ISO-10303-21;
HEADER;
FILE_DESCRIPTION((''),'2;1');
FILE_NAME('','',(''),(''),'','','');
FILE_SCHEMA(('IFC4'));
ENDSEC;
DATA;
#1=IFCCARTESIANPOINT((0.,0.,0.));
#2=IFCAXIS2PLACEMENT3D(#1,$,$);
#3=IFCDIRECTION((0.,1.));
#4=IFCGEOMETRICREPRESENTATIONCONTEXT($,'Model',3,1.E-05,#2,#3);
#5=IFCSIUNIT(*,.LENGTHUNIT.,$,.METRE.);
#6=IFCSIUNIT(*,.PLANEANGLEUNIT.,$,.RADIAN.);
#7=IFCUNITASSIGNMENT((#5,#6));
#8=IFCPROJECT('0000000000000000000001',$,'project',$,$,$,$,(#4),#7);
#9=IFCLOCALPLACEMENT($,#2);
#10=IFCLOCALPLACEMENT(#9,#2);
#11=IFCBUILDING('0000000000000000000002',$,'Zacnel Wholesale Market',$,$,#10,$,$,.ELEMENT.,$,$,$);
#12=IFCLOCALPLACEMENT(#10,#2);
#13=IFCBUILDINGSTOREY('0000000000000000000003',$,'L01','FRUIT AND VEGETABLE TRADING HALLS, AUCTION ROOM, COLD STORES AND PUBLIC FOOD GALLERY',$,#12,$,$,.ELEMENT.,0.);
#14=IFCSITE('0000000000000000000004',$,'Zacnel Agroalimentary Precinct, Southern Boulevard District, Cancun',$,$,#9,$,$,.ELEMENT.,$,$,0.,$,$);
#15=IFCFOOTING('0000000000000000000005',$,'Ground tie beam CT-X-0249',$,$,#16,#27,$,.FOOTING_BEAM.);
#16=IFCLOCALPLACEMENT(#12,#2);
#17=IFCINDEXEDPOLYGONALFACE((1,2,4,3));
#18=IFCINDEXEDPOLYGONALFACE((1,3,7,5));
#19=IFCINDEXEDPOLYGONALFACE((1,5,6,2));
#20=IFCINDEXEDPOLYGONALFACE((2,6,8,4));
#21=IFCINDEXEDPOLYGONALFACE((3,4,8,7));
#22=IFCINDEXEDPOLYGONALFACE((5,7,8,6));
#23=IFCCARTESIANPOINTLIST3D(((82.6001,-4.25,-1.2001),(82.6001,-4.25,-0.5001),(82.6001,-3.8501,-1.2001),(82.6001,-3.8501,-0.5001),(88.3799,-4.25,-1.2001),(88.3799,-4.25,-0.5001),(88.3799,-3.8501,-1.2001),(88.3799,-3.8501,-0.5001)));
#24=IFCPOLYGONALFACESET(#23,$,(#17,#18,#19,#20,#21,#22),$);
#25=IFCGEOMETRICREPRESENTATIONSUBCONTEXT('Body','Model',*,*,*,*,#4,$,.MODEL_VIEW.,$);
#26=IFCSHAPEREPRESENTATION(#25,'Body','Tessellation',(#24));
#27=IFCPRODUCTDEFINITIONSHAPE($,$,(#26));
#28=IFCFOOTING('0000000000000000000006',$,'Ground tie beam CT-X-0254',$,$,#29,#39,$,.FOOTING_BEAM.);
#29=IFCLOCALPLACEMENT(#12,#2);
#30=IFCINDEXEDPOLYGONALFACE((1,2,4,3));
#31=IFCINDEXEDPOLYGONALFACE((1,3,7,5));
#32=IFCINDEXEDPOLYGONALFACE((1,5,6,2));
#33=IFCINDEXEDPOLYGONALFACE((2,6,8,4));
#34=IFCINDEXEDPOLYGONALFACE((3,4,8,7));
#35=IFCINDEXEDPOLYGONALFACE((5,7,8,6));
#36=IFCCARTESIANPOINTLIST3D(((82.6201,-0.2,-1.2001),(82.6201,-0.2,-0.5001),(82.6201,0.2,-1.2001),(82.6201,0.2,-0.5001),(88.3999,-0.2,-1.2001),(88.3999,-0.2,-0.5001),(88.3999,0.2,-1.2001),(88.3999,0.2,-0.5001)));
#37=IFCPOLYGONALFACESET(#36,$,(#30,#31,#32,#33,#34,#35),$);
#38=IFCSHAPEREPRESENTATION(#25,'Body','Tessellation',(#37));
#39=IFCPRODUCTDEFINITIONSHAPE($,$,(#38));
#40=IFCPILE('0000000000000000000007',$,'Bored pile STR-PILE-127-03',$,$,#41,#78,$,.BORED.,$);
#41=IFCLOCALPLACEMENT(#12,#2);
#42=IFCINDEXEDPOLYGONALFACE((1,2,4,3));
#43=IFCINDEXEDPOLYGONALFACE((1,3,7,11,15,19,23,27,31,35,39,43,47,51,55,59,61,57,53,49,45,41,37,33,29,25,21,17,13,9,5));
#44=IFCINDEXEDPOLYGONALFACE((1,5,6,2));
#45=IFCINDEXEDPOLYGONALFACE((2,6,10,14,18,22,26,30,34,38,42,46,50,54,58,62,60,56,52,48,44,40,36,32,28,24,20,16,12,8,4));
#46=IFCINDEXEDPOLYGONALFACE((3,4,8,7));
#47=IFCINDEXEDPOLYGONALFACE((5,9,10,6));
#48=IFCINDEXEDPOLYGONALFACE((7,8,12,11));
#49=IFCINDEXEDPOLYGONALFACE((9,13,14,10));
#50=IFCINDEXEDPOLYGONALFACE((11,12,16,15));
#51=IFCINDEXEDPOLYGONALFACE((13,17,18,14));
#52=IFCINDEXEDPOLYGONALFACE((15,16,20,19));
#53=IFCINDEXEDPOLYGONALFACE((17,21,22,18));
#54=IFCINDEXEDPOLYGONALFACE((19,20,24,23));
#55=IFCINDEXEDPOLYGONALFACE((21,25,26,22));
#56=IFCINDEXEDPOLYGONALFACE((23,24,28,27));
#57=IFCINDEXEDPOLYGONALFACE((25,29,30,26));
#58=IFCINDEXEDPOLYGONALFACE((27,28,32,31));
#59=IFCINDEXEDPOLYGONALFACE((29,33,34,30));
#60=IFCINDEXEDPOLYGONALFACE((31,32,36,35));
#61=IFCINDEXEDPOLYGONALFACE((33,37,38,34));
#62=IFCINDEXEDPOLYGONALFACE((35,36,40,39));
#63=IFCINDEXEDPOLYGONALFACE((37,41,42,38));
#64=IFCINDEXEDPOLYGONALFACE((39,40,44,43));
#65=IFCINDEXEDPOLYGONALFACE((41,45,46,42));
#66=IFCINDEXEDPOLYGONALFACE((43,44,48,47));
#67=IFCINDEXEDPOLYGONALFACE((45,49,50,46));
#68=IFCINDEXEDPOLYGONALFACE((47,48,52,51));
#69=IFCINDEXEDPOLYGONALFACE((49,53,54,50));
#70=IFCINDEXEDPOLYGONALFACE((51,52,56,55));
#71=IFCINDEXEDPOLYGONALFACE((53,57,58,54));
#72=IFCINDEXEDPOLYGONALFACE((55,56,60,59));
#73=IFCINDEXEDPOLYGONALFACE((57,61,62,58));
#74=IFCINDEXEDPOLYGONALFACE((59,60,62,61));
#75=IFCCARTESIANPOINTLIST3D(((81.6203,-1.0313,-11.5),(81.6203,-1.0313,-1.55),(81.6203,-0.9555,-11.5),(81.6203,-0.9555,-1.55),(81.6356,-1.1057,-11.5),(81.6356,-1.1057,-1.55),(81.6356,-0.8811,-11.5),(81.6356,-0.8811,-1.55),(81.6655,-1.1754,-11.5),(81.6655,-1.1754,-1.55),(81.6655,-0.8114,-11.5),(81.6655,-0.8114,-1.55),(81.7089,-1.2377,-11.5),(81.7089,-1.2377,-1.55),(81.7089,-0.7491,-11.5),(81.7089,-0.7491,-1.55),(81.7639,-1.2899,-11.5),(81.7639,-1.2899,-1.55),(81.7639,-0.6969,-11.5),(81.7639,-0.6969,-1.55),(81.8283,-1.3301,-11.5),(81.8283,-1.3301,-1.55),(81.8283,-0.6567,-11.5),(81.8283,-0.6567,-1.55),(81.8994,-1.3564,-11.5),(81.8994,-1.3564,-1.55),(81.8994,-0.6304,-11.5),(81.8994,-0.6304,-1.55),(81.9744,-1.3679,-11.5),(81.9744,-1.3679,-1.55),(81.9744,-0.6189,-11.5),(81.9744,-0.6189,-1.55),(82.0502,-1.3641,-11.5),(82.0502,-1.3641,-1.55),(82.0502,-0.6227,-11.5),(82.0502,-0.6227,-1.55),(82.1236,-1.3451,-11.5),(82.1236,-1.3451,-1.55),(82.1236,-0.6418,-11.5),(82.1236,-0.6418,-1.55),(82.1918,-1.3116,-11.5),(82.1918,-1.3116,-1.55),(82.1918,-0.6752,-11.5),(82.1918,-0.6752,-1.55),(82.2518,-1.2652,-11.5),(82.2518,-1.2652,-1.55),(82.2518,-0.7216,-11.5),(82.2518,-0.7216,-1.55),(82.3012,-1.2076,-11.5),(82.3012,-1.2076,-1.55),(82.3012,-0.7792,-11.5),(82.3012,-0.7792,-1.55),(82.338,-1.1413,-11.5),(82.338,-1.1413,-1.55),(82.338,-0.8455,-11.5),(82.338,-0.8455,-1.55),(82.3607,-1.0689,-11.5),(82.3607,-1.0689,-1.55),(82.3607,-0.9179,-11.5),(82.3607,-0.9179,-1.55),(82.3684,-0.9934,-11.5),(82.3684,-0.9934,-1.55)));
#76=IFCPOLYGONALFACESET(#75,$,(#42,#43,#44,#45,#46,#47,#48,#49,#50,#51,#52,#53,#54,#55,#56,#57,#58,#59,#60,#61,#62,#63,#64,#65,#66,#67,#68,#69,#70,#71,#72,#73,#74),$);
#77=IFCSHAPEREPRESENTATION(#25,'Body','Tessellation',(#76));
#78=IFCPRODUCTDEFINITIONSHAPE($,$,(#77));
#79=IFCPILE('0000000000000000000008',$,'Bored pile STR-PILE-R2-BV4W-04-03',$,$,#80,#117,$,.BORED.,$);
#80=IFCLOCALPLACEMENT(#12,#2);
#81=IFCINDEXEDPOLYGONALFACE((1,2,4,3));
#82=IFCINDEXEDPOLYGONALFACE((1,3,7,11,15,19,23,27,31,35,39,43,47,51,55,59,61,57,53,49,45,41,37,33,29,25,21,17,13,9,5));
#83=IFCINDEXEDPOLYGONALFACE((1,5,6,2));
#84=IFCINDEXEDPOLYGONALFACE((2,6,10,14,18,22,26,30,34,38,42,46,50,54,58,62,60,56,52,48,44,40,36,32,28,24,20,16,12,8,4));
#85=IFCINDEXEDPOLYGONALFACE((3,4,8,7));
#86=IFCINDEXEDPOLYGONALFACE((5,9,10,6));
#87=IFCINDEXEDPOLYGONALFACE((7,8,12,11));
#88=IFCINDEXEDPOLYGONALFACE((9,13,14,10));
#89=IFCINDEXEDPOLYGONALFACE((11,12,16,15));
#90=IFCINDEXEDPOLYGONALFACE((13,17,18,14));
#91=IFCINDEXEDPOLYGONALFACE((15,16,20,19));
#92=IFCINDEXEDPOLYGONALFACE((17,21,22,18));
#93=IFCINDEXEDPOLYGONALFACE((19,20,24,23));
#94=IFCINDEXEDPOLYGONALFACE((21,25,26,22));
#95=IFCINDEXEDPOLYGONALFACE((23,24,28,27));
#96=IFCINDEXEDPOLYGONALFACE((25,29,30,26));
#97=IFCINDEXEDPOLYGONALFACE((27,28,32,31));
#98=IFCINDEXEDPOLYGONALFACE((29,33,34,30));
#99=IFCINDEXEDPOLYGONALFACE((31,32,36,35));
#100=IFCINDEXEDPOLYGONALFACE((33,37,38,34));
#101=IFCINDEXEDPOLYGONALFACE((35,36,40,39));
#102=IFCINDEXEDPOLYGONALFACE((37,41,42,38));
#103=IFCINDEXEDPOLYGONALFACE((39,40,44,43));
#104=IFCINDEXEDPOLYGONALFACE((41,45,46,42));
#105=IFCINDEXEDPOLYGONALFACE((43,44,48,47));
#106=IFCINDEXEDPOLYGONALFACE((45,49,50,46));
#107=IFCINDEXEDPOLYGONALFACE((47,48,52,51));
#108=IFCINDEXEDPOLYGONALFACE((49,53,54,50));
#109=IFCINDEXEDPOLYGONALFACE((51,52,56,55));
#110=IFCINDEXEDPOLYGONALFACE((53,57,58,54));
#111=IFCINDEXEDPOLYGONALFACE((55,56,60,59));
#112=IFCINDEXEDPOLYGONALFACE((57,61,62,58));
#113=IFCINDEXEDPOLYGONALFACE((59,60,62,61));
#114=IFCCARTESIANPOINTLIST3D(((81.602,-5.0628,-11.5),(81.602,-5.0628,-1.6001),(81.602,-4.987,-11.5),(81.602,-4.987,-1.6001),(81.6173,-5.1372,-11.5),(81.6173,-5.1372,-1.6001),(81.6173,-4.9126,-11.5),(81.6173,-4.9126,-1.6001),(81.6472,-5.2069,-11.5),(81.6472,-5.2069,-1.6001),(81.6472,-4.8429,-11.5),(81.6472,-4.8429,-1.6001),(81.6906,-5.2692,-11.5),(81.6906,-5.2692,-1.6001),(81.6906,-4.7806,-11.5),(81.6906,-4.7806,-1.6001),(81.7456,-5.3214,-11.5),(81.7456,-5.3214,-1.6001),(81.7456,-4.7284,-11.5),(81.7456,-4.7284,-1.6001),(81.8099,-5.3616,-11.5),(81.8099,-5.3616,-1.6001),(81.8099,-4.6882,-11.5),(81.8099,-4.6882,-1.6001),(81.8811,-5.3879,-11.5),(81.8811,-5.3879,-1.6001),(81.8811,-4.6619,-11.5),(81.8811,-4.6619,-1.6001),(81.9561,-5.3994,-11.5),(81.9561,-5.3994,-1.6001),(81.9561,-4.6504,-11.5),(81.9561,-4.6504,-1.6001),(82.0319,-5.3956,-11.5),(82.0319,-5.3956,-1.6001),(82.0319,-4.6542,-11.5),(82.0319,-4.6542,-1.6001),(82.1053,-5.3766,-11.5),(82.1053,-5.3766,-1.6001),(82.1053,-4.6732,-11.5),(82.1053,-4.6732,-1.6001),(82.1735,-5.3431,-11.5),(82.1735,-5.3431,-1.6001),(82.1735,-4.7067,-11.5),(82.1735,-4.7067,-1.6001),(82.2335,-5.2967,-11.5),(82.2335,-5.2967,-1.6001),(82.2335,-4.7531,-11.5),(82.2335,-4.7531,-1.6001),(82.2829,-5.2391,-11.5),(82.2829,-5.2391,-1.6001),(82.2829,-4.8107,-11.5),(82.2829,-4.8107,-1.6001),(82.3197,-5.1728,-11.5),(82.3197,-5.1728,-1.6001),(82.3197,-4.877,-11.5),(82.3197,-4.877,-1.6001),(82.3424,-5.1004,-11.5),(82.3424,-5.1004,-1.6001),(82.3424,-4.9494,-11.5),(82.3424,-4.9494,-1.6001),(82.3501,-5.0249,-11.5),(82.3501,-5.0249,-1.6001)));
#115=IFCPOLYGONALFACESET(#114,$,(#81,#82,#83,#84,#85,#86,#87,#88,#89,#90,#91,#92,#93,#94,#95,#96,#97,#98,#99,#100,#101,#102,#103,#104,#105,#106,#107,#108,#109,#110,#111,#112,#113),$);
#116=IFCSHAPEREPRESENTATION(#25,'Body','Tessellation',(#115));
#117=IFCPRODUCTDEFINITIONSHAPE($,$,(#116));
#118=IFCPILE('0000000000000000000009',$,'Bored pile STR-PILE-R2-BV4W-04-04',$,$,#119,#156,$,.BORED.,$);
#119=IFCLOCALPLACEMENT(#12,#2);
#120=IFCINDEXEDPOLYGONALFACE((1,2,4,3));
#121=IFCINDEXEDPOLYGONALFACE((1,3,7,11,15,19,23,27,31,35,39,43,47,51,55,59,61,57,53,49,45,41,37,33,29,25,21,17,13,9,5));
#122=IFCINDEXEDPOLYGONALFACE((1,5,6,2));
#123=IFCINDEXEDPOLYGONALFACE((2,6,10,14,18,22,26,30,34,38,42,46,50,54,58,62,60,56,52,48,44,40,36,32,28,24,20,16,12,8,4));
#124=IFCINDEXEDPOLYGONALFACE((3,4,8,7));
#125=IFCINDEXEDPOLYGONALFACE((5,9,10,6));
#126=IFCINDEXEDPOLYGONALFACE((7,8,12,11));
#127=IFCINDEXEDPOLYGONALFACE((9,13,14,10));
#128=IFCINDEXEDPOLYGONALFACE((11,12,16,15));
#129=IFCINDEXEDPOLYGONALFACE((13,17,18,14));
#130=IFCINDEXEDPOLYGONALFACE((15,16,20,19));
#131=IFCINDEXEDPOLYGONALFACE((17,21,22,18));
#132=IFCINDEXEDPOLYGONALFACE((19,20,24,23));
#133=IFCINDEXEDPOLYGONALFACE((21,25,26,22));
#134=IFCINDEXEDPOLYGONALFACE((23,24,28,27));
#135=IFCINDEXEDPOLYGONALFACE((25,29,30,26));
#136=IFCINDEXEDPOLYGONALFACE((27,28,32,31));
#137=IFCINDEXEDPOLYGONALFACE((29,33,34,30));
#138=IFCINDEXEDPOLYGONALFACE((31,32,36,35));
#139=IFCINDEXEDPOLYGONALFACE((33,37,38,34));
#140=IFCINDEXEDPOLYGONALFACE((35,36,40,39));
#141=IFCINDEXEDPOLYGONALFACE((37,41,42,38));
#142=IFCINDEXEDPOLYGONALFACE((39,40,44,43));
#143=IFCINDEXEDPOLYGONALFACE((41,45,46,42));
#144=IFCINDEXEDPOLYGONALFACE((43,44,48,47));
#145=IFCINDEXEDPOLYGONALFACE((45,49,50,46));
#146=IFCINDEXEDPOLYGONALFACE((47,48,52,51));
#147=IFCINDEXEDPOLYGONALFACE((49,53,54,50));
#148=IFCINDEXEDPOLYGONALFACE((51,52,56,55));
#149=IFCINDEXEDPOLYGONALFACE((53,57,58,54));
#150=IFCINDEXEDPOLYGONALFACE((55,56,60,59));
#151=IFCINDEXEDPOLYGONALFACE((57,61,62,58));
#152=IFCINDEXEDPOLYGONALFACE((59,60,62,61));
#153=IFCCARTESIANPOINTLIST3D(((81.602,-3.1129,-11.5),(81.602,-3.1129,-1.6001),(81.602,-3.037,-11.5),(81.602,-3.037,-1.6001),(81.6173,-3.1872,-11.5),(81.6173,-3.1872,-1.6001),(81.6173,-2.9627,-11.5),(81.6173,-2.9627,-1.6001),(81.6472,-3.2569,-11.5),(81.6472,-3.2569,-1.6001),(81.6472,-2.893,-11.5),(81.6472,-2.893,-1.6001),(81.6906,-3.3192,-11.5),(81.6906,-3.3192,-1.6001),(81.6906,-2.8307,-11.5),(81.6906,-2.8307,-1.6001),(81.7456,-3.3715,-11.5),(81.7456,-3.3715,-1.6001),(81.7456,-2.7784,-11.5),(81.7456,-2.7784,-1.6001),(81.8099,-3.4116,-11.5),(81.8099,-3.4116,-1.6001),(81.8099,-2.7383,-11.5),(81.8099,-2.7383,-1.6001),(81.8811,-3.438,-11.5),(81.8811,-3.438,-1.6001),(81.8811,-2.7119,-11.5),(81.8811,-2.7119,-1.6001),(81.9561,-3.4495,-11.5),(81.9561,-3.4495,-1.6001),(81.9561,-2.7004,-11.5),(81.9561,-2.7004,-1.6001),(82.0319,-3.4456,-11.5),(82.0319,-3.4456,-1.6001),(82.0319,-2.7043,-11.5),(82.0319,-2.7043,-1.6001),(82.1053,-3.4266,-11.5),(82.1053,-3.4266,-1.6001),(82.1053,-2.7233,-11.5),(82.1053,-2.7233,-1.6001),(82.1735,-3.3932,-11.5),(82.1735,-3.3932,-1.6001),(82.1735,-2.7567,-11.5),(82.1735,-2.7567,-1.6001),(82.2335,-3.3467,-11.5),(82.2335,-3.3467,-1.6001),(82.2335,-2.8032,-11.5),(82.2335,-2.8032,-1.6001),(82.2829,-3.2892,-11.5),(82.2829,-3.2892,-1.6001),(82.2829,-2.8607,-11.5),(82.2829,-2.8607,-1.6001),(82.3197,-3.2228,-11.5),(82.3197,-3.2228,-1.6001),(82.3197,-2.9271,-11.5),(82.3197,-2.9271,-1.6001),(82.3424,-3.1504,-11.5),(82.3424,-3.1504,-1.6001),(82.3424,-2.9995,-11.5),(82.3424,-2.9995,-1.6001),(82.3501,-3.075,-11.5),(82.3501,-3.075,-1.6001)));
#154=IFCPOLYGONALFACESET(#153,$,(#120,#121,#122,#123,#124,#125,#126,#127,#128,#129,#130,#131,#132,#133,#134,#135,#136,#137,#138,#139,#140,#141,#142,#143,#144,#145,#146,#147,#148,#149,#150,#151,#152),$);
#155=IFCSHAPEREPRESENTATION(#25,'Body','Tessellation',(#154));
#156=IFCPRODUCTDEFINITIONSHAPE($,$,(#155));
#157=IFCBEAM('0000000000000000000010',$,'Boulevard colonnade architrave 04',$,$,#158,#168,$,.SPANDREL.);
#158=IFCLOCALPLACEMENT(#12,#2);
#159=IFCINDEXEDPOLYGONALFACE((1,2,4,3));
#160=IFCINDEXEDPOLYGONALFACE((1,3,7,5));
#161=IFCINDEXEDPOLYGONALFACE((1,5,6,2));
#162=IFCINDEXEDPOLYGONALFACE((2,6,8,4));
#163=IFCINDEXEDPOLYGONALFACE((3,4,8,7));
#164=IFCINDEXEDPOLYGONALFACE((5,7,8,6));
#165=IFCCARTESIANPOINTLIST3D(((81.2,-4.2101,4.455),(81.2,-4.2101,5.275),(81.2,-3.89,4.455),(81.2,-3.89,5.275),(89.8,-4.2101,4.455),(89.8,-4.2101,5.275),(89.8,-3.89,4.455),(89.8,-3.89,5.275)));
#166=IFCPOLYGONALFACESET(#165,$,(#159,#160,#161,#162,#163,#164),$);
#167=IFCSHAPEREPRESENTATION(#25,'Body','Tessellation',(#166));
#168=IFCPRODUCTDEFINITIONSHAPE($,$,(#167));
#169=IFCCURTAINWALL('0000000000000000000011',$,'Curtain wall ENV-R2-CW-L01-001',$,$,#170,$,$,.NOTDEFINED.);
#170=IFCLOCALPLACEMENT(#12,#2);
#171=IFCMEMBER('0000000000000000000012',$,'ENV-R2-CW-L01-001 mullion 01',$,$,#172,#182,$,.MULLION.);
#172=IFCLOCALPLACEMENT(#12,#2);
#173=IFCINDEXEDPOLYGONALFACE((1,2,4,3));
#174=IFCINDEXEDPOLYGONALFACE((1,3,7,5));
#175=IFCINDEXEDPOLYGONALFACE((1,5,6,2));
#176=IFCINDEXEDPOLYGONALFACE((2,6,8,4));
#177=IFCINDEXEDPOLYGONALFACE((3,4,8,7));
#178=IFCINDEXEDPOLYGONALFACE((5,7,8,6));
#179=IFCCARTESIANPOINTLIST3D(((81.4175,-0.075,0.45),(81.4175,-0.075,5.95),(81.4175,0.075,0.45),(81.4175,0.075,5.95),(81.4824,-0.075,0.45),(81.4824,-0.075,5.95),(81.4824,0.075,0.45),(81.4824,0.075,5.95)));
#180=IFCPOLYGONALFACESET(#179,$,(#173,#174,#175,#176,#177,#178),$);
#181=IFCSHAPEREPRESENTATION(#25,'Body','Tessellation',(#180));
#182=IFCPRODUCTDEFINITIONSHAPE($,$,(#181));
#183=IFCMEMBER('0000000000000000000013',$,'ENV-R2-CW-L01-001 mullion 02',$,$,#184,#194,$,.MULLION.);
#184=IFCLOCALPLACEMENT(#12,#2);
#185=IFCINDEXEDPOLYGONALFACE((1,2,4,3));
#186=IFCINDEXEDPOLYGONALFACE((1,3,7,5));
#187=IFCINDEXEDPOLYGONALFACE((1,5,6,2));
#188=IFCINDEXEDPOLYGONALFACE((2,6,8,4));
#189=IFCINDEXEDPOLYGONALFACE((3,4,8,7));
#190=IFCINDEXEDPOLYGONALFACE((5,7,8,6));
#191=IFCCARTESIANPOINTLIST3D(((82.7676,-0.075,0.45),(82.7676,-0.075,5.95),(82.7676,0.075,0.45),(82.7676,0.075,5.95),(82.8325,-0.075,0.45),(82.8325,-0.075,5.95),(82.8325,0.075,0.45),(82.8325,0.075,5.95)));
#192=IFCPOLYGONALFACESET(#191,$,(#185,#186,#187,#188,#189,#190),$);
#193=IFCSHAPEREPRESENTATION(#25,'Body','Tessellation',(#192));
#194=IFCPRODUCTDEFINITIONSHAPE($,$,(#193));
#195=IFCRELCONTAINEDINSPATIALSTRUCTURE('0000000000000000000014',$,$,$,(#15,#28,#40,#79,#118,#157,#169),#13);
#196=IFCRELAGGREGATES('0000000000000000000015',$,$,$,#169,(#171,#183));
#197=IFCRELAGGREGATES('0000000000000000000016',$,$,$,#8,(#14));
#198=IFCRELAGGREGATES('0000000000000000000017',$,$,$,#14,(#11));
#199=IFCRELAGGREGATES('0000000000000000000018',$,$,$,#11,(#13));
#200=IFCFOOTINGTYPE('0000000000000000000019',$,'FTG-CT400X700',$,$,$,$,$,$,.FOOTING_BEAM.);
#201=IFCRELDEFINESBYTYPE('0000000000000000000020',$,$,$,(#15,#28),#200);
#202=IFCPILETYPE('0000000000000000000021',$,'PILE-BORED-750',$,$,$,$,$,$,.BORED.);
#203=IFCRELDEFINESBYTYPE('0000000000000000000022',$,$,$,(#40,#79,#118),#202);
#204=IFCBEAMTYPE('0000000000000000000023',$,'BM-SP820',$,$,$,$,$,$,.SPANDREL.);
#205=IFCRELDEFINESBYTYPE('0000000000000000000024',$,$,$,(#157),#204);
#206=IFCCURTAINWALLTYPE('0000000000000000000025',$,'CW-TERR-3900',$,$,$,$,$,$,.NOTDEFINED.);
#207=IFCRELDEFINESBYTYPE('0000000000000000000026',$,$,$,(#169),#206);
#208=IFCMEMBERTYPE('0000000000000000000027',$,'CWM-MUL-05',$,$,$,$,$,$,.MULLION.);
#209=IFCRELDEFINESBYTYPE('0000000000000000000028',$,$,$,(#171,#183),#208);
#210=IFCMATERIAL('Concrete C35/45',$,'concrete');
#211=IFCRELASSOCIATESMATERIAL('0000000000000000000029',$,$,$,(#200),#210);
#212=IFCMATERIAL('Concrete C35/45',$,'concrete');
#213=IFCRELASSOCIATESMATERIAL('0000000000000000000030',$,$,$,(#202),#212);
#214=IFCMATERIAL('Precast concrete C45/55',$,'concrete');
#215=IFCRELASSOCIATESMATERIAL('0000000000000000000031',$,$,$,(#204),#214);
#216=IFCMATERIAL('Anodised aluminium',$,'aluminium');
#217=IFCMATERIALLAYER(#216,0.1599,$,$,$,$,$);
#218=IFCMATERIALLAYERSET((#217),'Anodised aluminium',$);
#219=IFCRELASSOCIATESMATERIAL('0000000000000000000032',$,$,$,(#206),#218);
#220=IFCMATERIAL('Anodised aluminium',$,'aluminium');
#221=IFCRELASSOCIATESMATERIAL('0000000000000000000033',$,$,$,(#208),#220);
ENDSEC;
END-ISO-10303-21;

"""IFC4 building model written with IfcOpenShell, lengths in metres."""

from ifc_helpers import new_model, si_unit, direction, frame, origin, origin_2d, place, context, subcontext, project, spatial, rectangle, circle, extrude, material, layer, layer_set, material_profile, profile_set, type_object, element, aggregate, save


model = new_model("IFC4")

# Units and contexts
model_context = context("Model", 3, precision=1e-05, world=origin(), true_north=direction((0.0, 1.0)))
body_context = subcontext(model_context, "Body", "Model", "MODEL_VIEW")
ifc_project = project(units=[si_unit("LENGTHUNIT", "METRE"), si_unit("PLANEANGLEUNIT", "RADIAN")], contexts=[model_context])

# Site, building, storey
site_placement = place(None, origin())
site = spatial("IfcSite", under=ifc_project, at=site_placement, Name="Zacnel Agroalimentary Precinct, Southern Boulevard District, Cancun", CompositionType="ELEMENT", RefElevation=0.0)
building_placement = place(site_placement, origin())
building = spatial("IfcBuilding", under=site, at=building_placement, Name="Zacnel Wholesale Market", CompositionType="ELEMENT")
storey_placement = place(building_placement, origin())
storey = spatial("IfcBuildingStorey", under=building, at=storey_placement, Name="L01", Description="FRUIT AND VEGETABLE TRADING HALLS, AUCTION ROOM, COLD STORES AND PUBLIC FOOD GALLERY", CompositionType="ELEMENT", Elevation=0.0)

# Footings
ifc_material_1 = material(Name="Concrete C35/45", Category="concrete")
ifc_material_profile_1 = material_profile(ifc_material_1, rectangle(XDim=0.3999, YDim=0.7, at=origin_2d()), Name="CT 400x700")
ifc_profile_set_1 = profile_set([ifc_material_profile_1], Name="Concrete C35/45")
footing_type = type_object("IfcFootingType", Name="FTG-CT400X700", PredefinedType="FOOTING_BEAM", material=ifc_profile_set_1)
for number, where, z_axis, x_axis, name in (
    (1, (82.6001, -4.05, -0.8501), (1.0, 0.0, 0.0), (0.0, 1.0, 0.0), "Ground tie beam CT-X-0249"),
    (2, (82.6201, 0.0, -0.8501), (1.0, 0.0, 0.0), (0.0, 1.0, 0.0), "Ground tie beam CT-X-0254"),
):
    element("IfcFooting", number, at=place(storey_placement, frame(where, z_axis=z_axis, x_axis=x_axis)), inside=storey, type_object=footing_type, Name=name, PredefinedType="FOOTING_BEAM", context=body_context, shape_type="SweptSolid", body=[
        extrude(rectangle(XDim=0.3999, YDim=0.7, at=origin_2d()), origin(), (0.0, 0.0, 1.0), 5.7798),
    ])

# Piles
ifc_material_2 = material(Name="Concrete C35/45", Category="concrete")
ifc_material_profile_2 = material_profile(ifc_material_2, circle(Radius=0.375, at=origin_2d()), Name="BORED PILE D750")
ifc_profile_set_2 = profile_set([ifc_material_profile_2], Name="Concrete C35/45")
pile_type = type_object("IfcPileType", Name="PILE-BORED-750", PredefinedType="BORED", material=ifc_profile_set_2)
pile_placement = place(storey_placement, frame((81.9934, -0.9934, -1.55), z_axis=(0.0, 0.0, -1.0), x_axis=(1.0, 0.0, 0.0)))
element("IfcPile", 3, at=pile_placement, inside=storey, type_object=pile_type, Name="Bored pile STR-PILE-127-03", PredefinedType="BORED", context=body_context, shape_type="SweptSolid", body=[
    extrude(circle(Radius=0.375, at=origin_2d()), origin(), (0.0, 0.0, 1.0), 9.95),
])
for number, where, z_axis, x_axis, name in (
    (4, (81.9751, -5.0249, -1.6001), (0.0, 0.0, -1.0), (1.0, 0.0, 0.0), "Bored pile STR-PILE-R2-BV4W-04-03"),
    (5, (81.9751, -3.075, -1.6001), (0.0, 0.0, -1.0), (1.0, 0.0, 0.0), "Bored pile STR-PILE-R2-BV4W-04-04"),
):
    element("IfcPile", number, at=place(storey_placement, frame(where, z_axis=z_axis, x_axis=x_axis)), inside=storey, type_object=pile_type, Name=name, PredefinedType="BORED", context=body_context, shape_type="SweptSolid", body=[
        extrude(circle(Radius=0.375, at=origin_2d()), origin(), (0.0, 0.0, 1.0), 9.8999),
    ])

# Beam
ifc_material_3 = material(Name="Precast concrete C45/55", Category="concrete")
ifc_material_profile_3 = material_profile(ifc_material_3, rectangle(XDim=0.3201, YDim=0.8201, at=origin_2d()), Name="SP 320x820")
ifc_profile_set_3 = profile_set([ifc_material_profile_3], Name="Precast concrete C45/55")
beam_type = type_object("IfcBeamType", Name="BM-SP820", PredefinedType="SPANDREL", material=ifc_profile_set_3)
beam_placement = place(storey_placement, frame((81.2, -4.05, 4.865), z_axis=(1.0, 0.0, 0.0), x_axis=(0.0, 1.0, 0.0)))
element("IfcBeam", 6, at=beam_placement, inside=storey, type_object=beam_type, Name="Boulevard colonnade architrave 04", PredefinedType="SPANDREL", context=body_context, shape_type="SweptSolid", body=[
    extrude(rectangle(XDim=0.3201, YDim=0.8201, at=origin_2d()), origin(), (0.0, 0.0, 1.0), 8.6001),
])

# Curtain wall, members
ifc_material_4 = material(Name="Anodised aluminium", Category="aluminium")
ifc_layer_1 = layer(ifc_material_4, 0.1599)
ifc_layer_set_1 = layer_set([ifc_layer_1], Name="Anodised aluminium")
curtain_wall_type = type_object("IfcCurtainWallType", Name="CW-TERR-3900", PredefinedType="NOTDEFINED", material=ifc_layer_set_1)
curtain_wall_placement = place(storey_placement, origin())
curtain_wall = element("IfcCurtainWall", 7, at=curtain_wall_placement, inside=storey, type_object=curtain_wall_type, Name="Curtain wall ENV-R2-CW-L01-001", PredefinedType="NOTDEFINED")
ifc_material_5 = material(Name="Anodised aluminium", Category="aluminium")
ifc_material_profile_4 = material_profile(ifc_material_5, rectangle(XDim=0.0649, YDim=0.1499, at=origin_2d()), Name="AW-MULLION 65x150")
ifc_profile_set_4 = profile_set([ifc_material_profile_4], Name="Anodised aluminium")
member_type_1 = type_object("IfcMemberType", Name="CWM-MUL-05", PredefinedType="MULLION", material=ifc_profile_set_4)
member_1_placement = place(storey_placement, frame((81.45, 0.0, 0.45), z_axis=(0.0, 0.0, 1.0), x_axis=(1.0, 0.0, 0.0)))
member_1 = element("IfcMember", 8, at=member_1_placement, type_object=member_type_1, Name="ENV-R2-CW-L01-001 mullion 01", PredefinedType="MULLION", context=body_context, shape_type="SweptSolid", body=[
    extrude(rectangle(XDim=0.0649, YDim=0.1499, at=origin_2d()), origin(), (0.0, 0.0, 1.0), 5.5),
])
member_2_placement = place(storey_placement, frame((82.8, 0.0, 0.45), z_axis=(0.0, 0.0, 1.0), x_axis=(1.0, 0.0, 0.0)))
member_2 = element("IfcMember", 9, at=member_2_placement, type_object=member_type_1, Name="ENV-R2-CW-L01-001 mullion 02", PredefinedType="MULLION", context=body_context, shape_type="SweptSolid", body=[
    extrude(rectangle(XDim=0.0649, YDim=0.1499, at=origin_2d()), origin(), (0.0, 0.0, 1.0), 5.5),
])
aggregate(curtain_wall, [member_1, member_2])

save(model, "model.ifc")
